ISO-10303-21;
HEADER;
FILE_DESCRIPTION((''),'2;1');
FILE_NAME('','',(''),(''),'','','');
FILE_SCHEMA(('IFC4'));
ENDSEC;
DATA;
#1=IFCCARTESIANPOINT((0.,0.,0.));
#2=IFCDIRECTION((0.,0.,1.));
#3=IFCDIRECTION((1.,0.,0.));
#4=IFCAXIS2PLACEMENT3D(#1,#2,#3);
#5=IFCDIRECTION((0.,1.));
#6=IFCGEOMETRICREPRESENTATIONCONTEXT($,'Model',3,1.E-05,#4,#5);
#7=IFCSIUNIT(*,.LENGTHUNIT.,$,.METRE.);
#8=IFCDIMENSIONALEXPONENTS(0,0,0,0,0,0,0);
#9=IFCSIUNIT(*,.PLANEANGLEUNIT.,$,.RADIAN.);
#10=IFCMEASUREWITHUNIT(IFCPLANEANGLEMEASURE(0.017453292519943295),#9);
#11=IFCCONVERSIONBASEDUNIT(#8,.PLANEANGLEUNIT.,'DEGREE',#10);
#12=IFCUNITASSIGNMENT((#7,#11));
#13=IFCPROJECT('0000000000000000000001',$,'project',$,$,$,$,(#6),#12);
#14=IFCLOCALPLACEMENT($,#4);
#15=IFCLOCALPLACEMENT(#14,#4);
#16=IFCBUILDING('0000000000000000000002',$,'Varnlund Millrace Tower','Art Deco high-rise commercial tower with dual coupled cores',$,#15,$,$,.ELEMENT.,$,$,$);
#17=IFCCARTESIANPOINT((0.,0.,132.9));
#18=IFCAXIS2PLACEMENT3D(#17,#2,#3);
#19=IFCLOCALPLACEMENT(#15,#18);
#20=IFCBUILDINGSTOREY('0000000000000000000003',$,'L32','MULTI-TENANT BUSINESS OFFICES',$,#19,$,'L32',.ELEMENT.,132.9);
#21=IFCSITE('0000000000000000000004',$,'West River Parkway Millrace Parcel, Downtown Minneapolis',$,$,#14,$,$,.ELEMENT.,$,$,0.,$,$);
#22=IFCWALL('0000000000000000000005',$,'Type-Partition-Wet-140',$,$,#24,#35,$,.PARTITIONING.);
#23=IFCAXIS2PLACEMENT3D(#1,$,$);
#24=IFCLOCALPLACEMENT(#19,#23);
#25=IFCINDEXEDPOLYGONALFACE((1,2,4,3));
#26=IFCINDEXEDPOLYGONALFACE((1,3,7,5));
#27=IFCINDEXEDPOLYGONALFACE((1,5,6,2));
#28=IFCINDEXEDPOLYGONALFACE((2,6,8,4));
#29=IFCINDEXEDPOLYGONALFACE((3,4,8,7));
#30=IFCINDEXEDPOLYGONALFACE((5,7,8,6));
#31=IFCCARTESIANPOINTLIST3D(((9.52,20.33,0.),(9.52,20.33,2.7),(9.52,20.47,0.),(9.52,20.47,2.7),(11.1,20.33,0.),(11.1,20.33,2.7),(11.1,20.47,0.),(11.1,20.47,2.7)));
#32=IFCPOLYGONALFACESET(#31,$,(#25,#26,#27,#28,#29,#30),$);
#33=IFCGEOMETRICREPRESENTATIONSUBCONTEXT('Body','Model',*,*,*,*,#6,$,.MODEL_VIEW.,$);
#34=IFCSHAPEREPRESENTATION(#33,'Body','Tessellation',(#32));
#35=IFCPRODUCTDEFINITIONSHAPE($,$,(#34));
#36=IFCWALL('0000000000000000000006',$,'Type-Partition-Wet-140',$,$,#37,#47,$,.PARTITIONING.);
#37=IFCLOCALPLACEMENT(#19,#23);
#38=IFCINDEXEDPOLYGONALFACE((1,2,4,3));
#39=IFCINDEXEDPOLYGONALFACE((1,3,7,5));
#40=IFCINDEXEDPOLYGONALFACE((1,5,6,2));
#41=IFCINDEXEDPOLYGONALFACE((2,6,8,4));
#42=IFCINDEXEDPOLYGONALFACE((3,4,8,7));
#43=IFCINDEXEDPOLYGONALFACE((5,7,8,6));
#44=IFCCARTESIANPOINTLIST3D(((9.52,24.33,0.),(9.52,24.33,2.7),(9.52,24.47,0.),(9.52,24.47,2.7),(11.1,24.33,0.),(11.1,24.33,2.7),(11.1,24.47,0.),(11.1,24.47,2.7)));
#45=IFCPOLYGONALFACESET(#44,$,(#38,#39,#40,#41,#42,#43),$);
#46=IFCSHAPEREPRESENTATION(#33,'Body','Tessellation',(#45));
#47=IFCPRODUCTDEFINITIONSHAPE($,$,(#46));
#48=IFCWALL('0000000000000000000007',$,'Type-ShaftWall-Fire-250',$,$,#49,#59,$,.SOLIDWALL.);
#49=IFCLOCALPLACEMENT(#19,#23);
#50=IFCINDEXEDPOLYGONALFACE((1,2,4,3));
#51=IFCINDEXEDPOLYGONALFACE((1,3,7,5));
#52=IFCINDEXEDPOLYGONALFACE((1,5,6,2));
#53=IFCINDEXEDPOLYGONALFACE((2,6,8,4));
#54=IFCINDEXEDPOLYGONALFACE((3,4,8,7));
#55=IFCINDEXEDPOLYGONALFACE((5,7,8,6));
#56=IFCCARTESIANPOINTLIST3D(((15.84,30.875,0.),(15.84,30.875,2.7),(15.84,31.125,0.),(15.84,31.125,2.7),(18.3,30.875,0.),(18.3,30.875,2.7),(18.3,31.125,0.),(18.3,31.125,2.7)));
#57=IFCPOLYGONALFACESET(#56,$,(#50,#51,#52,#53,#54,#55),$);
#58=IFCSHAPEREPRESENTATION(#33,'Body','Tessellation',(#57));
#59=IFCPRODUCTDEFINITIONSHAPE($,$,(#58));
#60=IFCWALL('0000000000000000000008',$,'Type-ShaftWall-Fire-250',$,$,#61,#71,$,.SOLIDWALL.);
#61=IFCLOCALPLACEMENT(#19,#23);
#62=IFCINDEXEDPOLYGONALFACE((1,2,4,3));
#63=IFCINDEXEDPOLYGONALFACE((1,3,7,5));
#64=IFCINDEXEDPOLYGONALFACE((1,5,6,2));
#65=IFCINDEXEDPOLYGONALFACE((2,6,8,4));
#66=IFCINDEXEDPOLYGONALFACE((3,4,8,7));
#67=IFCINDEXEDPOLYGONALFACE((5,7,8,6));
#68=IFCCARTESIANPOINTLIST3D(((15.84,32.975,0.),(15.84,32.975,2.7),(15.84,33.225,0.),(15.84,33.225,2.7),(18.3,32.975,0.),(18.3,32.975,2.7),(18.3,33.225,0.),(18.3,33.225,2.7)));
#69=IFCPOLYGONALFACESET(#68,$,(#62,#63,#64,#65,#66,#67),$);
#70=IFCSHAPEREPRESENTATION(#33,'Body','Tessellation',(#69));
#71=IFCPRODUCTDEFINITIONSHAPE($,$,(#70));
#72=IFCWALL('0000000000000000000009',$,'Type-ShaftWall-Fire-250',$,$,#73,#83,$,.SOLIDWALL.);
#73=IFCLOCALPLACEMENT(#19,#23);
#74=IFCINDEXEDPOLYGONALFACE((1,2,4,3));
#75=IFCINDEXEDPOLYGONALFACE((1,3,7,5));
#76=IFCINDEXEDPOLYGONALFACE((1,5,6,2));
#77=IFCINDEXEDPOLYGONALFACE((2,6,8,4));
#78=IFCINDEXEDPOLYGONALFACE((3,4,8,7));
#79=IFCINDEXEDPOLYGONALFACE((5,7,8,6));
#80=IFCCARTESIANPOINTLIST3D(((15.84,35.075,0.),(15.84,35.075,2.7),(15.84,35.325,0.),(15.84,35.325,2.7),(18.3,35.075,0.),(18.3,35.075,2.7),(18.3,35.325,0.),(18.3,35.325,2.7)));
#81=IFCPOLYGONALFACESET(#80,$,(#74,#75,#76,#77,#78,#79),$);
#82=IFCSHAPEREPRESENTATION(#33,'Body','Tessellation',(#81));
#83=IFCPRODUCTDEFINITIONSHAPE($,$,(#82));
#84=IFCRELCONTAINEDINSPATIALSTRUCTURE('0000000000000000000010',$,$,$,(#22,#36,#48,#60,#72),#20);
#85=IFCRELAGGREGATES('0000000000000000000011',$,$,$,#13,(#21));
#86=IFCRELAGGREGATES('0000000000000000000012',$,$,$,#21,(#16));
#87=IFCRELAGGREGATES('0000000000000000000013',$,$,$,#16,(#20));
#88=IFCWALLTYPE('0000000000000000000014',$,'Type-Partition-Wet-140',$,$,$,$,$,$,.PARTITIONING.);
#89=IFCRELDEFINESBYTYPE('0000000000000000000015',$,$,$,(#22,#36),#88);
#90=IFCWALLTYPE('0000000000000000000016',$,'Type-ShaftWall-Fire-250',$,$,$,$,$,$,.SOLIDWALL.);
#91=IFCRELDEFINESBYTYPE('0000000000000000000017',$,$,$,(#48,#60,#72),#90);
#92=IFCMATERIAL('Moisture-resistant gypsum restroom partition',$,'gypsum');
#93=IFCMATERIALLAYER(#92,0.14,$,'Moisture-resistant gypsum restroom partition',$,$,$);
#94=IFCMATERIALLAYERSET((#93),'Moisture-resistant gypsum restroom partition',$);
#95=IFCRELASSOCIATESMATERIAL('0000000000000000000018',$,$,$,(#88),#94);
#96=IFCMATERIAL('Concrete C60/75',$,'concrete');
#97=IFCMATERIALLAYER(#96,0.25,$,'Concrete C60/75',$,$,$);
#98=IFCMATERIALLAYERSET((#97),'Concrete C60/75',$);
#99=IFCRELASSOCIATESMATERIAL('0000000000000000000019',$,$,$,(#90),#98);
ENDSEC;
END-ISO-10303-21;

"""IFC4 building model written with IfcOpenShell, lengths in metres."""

from ifc_helpers import new_model, entity, si_unit, converted_unit, direction, frame, origin_with_axes, place, context, subcontext, project, spatial, polyline, outline, extrude, material, layer, layer_set, type_object, element, save


model = new_model("IFC4")

# Units and contexts
model_context = context("Model", 3, precision=1e-05, world=origin_with_axes(), true_north=direction((0.0, 1.0)))
body_context = subcontext(model_context, "Body", "Model", "MODEL_VIEW")
ifc_project = project(units=[si_unit("LENGTHUNIT", "METRE"), converted_unit("PLANEANGLEUNIT", "DEGREE", entity("IfcPlaneAngleMeasure", 0.017453292519943295), si_unit("PLANEANGLEUNIT", "RADIAN"), dimensions=[0, 0, 0, 0, 0, 0, 0])], contexts=[model_context])

# Site, building, storey
site_placement = place(None, origin_with_axes())
site = spatial("IfcSite", under=ifc_project, at=site_placement, Name="West River Parkway Millrace Parcel, Downtown Minneapolis", CompositionType="ELEMENT", RefElevation=0.0)
building_placement = place(site_placement, origin_with_axes())
building = spatial("IfcBuilding", under=site, at=building_placement, Name="Varnlund Millrace Tower", Description="Art Deco high-rise commercial tower with dual coupled cores", CompositionType="ELEMENT")
storey_placement = place(building_placement, frame((0.0, 0.0, 132.9), z_axis=(0.0, 0.0, 1.0), x_axis=(1.0, 0.0, 0.0)))
storey = spatial("IfcBuildingStorey", under=building, at=storey_placement, Name="L32", Description="MULTI-TENANT BUSINESS OFFICES", LongName="L32", CompositionType="ELEMENT", Elevation=132.9)

# Shared definitions
ifc_material_1 = material(Name="Moisture-resistant gypsum restroom partition", Category="gypsum")
ifc_layer_1 = layer(ifc_material_1, 0.14, Name="Moisture-resistant gypsum restroom partition")
ifc_layer_set_1 = layer_set([ifc_layer_1], Name="Moisture-resistant gypsum restroom partition")
wall_type_1 = type_object("IfcWallType", Name="Type-Partition-Wet-140", PredefinedType="PARTITIONING", material=ifc_layer_set_1)

# Walls
for number, where, z_axis, x_axis, name in (
    (1, (9.52, 20.4, 0.0), (0.0, 0.0, 1.0), (1.0, 0.0, 0.0), "Type-Partition-Wet-140"),
    (2, (9.52, 24.4, 0.0), (0.0, 0.0, 1.0), (1.0, 0.0, 0.0), "Type-Partition-Wet-140"),
):
    element("IfcWall", number, at=place(storey_placement, frame(where, z_axis=z_axis, x_axis=x_axis)), inside=storey, type_object=wall_type_1, Name=name, PredefinedType="PARTITIONING", context=body_context, shape_type="SweptSolid", body=[
        extrude(outline(polyline([(0.0, -0.07), (1.58, -0.07), (1.58, 0.07), (0.0, 0.07), (0.0, -0.07)])), origin_with_axes(), (0.0, 0.0, 1.0), 2.7),
    ])
ifc_material_2 = material(Name="Concrete C60/75", Category="concrete")
ifc_layer_2 = layer(ifc_material_2, 0.25, Name="Concrete C60/75")
ifc_layer_set_2 = layer_set([ifc_layer_2], Name="Concrete C60/75")
wall_type_2 = type_object("IfcWallType", Name="Type-ShaftWall-Fire-250", PredefinedType="SOLIDWALL", material=ifc_layer_set_2)
for number, where, z_axis, x_axis, name in (
    (3, (15.84, 31.0, 0.0), (0.0, 0.0, 1.0), (1.0, 0.0, 0.0), "Type-ShaftWall-Fire-250"),
    (4, (15.84, 33.1, 0.0), (0.0, 0.0, 1.0), (1.0, 0.0, 0.0), "Type-ShaftWall-Fire-250"),
    (5, (15.84, 35.2, 0.0), (0.0, 0.0, 1.0), (1.0, 0.0, 0.0), "Type-ShaftWall-Fire-250"),
):
    element("IfcWall", number, at=place(storey_placement, frame(where, z_axis=z_axis, x_axis=x_axis)), inside=storey, type_object=wall_type_2, Name=name, PredefinedType="SOLIDWALL", context=body_context, shape_type="SweptSolid", body=[
        extrude(outline(polyline([(0.0, -0.125), (2.46, -0.125), (2.46, 0.125), (0.0, 0.125), (0.0, -0.125)])), origin_with_axes(), (0.0, 0.0, 1.0), 2.7),
    ])

save(model, "model.ifc")
